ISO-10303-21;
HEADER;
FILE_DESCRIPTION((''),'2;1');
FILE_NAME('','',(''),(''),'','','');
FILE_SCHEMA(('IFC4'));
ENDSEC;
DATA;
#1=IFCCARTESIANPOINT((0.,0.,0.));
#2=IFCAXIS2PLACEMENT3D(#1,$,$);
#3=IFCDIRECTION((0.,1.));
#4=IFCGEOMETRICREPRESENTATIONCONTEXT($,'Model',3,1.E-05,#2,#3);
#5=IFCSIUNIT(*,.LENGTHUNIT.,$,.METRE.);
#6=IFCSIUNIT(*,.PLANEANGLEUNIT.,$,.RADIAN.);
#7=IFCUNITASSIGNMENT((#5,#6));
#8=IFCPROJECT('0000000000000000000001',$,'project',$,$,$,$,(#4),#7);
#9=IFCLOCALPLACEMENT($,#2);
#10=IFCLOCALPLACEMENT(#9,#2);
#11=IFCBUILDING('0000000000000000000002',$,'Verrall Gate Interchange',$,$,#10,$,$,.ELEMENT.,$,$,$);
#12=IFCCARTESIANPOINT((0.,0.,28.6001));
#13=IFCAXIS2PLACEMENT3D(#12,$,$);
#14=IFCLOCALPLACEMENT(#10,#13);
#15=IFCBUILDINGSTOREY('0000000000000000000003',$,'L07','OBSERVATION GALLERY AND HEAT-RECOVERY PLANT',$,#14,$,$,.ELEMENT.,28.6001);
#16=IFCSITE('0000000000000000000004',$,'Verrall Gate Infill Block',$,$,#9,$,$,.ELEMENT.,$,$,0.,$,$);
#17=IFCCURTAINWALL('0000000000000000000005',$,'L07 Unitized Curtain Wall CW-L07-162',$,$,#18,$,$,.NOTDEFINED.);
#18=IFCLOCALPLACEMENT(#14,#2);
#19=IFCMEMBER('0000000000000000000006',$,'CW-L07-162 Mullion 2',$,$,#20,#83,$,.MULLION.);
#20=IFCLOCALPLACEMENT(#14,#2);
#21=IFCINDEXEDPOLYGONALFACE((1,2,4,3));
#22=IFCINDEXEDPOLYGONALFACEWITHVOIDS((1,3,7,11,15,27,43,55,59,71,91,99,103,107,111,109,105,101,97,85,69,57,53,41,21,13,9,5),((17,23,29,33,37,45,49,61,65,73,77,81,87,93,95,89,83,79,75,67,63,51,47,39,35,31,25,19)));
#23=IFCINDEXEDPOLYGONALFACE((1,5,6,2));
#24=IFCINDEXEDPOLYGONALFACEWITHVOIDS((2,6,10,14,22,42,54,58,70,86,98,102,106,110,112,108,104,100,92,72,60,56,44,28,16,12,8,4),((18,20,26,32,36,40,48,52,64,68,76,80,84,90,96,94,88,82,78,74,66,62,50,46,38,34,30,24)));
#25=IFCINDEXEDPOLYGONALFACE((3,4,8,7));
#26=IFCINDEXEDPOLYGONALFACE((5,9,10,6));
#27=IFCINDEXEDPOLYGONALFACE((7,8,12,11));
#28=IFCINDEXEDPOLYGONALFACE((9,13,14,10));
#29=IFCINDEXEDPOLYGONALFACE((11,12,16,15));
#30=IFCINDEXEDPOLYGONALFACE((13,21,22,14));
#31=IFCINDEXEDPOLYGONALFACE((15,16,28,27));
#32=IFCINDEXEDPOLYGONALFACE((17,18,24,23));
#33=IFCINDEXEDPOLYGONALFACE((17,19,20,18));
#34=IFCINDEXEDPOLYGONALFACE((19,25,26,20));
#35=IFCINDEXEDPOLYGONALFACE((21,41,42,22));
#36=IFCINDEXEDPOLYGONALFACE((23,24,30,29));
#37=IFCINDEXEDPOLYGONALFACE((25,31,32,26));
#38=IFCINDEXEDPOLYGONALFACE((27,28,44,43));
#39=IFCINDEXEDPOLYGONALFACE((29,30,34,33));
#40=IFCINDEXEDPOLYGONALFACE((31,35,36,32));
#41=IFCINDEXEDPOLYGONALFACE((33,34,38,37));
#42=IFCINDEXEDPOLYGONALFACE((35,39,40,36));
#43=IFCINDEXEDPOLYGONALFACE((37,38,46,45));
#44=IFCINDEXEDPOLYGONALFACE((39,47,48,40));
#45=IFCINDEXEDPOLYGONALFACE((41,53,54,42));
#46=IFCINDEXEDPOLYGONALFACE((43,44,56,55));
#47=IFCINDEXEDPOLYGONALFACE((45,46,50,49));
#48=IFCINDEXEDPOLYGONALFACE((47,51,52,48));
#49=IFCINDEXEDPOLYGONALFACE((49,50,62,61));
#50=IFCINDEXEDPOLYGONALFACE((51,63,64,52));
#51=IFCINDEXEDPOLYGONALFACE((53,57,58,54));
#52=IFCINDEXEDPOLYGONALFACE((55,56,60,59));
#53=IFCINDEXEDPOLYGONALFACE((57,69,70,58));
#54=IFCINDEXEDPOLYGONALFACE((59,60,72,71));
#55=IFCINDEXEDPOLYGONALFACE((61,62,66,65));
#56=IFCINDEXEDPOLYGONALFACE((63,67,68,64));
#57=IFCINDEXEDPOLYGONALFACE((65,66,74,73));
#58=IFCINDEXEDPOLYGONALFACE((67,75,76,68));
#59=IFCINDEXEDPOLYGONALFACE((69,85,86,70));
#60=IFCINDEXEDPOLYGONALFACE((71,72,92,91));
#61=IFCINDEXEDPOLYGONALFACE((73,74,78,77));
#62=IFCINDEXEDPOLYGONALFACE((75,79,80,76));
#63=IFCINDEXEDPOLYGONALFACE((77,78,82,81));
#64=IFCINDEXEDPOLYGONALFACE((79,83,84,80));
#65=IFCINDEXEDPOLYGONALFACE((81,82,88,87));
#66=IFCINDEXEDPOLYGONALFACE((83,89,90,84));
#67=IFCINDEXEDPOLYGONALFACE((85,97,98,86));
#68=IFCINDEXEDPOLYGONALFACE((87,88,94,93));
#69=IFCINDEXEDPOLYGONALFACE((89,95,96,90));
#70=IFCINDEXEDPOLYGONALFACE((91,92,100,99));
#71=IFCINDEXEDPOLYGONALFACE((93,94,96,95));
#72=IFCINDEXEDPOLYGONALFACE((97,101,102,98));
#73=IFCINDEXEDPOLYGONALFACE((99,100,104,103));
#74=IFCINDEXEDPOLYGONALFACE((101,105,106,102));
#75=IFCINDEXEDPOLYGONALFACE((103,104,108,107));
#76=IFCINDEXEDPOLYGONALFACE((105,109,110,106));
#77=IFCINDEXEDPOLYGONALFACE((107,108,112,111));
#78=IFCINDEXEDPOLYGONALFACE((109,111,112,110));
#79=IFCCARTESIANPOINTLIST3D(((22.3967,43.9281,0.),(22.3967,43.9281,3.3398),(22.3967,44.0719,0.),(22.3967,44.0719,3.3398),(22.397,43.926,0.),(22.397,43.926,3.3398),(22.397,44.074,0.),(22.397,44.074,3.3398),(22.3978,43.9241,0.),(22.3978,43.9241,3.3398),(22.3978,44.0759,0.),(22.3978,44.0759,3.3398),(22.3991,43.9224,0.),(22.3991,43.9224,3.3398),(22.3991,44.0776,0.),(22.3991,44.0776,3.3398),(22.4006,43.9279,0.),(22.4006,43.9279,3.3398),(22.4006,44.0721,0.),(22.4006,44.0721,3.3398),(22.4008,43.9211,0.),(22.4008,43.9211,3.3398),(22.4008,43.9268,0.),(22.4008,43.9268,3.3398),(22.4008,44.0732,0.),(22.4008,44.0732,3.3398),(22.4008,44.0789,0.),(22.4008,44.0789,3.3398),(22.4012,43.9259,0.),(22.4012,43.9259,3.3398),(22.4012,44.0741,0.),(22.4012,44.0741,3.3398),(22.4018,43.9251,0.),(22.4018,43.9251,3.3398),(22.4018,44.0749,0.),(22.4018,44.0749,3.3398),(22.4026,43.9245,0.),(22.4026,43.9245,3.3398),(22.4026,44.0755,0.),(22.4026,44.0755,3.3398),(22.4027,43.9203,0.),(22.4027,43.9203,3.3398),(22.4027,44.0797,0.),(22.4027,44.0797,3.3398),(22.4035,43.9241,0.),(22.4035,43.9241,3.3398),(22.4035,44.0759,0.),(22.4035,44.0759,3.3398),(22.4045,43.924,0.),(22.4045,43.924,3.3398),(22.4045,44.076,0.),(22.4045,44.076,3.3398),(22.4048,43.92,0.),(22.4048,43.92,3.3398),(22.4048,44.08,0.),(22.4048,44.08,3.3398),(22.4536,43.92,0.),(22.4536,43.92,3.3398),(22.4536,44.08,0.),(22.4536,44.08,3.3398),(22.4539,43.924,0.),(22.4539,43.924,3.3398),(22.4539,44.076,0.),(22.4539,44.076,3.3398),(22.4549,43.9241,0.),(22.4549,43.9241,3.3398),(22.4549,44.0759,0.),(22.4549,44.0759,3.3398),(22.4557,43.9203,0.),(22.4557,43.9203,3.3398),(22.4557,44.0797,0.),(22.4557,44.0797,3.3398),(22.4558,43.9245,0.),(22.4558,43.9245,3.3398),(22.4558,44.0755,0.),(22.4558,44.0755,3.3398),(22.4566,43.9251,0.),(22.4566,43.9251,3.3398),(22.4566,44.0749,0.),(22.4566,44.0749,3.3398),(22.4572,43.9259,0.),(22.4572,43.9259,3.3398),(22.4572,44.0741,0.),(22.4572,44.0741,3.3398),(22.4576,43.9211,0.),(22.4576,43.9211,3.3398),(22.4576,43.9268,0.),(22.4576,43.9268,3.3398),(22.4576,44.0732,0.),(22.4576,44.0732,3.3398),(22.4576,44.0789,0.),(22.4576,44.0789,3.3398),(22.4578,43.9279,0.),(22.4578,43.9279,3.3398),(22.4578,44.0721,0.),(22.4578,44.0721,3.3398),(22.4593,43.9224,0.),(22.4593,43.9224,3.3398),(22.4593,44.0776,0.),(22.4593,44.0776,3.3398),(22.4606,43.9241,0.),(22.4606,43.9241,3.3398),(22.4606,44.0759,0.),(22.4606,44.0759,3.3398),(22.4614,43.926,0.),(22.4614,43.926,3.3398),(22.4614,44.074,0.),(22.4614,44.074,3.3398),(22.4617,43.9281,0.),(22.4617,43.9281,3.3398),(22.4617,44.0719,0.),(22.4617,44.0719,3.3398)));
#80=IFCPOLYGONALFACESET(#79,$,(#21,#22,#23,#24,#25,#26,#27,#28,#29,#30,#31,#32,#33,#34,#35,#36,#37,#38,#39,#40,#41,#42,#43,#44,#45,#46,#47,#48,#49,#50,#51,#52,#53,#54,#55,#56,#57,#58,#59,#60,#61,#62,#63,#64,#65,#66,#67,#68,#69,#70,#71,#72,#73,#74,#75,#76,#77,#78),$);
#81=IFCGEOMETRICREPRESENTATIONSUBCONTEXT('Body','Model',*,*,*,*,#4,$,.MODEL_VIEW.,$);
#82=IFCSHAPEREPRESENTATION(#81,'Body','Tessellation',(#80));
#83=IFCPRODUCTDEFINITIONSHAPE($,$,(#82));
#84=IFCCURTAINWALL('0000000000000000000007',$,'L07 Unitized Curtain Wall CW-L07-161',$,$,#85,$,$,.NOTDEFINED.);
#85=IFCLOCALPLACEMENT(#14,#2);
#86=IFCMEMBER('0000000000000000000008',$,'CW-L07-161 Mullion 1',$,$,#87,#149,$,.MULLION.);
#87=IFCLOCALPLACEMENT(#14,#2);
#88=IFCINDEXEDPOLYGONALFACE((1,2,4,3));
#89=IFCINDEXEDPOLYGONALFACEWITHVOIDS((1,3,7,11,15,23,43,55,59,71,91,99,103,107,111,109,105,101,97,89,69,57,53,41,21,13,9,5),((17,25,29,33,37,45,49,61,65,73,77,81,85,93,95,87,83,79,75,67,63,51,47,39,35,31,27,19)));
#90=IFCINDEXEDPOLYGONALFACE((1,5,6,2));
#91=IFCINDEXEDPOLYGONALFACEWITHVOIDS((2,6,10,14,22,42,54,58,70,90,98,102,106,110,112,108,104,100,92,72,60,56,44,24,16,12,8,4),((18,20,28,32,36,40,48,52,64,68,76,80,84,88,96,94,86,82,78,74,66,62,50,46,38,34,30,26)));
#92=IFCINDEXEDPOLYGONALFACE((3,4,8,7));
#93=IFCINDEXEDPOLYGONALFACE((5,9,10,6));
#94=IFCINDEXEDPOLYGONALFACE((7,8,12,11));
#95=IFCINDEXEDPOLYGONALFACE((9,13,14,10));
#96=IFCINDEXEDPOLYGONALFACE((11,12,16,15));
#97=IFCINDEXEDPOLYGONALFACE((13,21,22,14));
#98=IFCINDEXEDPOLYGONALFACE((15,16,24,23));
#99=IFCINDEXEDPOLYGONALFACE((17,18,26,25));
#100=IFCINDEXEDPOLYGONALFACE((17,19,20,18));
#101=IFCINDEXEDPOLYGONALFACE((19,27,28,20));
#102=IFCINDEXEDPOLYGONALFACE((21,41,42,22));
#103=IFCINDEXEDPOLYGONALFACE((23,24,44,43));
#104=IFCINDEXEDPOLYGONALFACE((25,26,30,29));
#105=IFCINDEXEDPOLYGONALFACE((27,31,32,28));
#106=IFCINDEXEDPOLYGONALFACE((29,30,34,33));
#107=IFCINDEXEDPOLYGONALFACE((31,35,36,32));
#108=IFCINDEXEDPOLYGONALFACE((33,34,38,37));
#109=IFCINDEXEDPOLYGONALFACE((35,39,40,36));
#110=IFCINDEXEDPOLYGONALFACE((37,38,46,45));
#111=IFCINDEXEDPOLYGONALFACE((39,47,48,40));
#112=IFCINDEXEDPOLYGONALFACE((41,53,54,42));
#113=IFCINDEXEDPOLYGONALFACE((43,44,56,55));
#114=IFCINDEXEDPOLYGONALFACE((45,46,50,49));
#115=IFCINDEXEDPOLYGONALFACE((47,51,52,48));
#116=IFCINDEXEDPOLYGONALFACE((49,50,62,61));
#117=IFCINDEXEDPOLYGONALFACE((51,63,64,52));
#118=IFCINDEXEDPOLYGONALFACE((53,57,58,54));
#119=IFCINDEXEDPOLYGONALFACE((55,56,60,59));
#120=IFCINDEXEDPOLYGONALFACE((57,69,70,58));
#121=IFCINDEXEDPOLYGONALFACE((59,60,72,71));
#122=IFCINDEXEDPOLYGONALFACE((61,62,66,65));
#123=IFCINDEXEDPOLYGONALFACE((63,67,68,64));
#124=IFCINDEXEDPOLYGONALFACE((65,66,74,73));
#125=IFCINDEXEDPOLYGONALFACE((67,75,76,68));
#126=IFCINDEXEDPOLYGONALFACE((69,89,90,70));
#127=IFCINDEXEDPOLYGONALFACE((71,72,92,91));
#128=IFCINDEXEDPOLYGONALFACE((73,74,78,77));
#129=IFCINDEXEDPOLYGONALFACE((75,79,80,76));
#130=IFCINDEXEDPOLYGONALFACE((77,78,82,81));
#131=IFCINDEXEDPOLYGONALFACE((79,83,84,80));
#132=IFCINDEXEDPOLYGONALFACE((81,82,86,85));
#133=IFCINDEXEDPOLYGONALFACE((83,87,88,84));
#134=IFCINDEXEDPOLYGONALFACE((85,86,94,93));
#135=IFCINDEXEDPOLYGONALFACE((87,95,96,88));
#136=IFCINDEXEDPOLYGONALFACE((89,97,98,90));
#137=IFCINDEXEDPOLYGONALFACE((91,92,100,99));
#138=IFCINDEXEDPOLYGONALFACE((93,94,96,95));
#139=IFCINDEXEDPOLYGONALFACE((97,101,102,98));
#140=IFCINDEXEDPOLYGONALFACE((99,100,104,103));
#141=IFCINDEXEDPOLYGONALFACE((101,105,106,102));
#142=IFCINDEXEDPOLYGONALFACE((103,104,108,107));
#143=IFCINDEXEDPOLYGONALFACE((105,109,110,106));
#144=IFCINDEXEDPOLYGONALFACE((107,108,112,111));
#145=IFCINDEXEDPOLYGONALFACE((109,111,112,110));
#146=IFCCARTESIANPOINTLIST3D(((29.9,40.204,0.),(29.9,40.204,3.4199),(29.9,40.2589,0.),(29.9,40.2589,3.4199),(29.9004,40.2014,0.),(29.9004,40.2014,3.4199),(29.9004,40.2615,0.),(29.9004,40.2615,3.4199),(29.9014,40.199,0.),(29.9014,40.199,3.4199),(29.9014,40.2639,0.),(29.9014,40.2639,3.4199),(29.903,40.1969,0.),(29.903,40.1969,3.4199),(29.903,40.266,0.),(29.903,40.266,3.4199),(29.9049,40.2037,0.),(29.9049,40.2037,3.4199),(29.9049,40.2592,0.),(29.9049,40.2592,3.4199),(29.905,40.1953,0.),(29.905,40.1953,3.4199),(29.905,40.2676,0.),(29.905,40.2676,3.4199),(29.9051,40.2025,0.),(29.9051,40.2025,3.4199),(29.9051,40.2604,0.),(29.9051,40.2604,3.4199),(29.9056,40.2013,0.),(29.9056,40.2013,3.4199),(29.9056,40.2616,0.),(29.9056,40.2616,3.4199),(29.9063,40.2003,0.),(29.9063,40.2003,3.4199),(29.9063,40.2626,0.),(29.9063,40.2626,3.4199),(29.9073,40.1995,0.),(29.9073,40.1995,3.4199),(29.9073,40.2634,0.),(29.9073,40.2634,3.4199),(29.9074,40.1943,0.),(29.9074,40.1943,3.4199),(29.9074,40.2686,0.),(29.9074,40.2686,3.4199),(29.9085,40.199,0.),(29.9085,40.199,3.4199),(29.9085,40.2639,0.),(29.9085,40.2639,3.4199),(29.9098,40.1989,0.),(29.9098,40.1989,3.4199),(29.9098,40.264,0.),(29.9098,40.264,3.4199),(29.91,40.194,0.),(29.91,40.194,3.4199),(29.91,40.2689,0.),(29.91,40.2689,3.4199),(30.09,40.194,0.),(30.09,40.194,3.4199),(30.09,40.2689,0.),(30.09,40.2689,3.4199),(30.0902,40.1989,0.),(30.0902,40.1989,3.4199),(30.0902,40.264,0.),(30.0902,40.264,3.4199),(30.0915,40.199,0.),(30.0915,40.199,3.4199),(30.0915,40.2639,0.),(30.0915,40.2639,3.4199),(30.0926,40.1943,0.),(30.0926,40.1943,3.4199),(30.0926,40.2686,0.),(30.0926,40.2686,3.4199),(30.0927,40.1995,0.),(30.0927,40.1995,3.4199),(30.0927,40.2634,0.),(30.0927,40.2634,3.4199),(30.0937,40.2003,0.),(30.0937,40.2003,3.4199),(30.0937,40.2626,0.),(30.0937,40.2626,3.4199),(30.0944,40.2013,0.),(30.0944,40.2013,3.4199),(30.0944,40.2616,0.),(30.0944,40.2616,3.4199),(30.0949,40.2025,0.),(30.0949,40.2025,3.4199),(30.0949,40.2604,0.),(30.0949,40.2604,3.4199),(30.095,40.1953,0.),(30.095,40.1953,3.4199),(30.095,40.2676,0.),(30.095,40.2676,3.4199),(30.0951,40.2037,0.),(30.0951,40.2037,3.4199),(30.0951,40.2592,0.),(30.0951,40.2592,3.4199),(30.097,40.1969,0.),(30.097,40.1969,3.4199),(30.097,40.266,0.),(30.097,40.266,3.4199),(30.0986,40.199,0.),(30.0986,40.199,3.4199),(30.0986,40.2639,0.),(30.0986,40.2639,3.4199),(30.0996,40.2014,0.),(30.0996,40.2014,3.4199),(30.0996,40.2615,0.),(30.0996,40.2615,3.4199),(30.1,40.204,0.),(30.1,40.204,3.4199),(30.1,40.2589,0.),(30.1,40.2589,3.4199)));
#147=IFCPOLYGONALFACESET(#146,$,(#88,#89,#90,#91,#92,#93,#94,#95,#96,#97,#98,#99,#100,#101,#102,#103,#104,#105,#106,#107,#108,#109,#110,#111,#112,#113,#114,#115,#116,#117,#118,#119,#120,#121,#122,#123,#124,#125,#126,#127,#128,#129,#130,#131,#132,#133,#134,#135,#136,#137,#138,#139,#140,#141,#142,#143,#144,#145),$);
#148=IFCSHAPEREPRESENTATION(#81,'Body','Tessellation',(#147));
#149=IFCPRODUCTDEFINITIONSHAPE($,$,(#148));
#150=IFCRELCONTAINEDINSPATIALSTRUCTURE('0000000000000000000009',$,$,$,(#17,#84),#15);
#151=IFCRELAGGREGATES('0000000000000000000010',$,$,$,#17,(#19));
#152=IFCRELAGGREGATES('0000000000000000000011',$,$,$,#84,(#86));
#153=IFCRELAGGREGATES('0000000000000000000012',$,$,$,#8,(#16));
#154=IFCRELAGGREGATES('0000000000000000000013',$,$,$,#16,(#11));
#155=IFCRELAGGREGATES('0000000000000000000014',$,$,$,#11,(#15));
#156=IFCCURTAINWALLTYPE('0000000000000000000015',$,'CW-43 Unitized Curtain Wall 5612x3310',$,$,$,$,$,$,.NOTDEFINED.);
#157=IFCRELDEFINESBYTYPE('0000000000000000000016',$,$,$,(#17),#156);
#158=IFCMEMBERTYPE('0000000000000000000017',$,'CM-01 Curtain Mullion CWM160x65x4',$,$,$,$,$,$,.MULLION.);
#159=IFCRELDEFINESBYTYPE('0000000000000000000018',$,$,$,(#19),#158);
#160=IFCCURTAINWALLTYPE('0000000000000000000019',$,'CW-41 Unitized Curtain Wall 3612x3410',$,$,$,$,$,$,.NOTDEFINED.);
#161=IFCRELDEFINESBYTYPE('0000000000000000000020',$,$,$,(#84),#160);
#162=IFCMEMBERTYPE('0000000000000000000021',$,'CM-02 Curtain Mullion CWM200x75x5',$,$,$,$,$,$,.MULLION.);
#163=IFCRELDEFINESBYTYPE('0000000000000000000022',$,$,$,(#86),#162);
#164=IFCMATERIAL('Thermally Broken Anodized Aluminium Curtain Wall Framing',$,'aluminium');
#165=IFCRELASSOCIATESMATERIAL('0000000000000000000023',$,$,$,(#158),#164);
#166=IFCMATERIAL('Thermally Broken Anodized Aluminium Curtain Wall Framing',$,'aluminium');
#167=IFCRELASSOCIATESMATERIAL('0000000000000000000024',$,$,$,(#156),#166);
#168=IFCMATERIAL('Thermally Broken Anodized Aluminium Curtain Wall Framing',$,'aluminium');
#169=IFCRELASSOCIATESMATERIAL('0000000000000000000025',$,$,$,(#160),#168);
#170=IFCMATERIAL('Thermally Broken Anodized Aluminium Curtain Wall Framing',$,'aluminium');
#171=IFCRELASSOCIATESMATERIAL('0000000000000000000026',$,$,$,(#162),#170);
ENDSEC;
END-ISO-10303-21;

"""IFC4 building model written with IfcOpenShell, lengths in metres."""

from ifc_helpers import new_model, si_unit, direction, frame, origin, origin_2d, place, context, subcontext, project, spatial, hollow_rectangle, extrude, material, material_profile, profile_set, type_object, element, aggregate, save


model = new_model("IFC4")

# Units and contexts
model_context = context("Model", 3, precision=1e-05, world=origin(), true_north=direction((0.0, 1.0)))
body_context = subcontext(model_context, "Body", "Model", "MODEL_VIEW")
ifc_project = project(units=[si_unit("LENGTHUNIT", "METRE"), si_unit("PLANEANGLEUNIT", "RADIAN")], contexts=[model_context])

# Site, building, storey
site_placement = place(None, origin())
site = spatial("IfcSite", under=ifc_project, at=site_placement, Name="Verrall Gate Infill Block", CompositionType="ELEMENT", RefElevation=0.0)
building_placement = place(site_placement, origin())
building = spatial("IfcBuilding", under=site, at=building_placement, Name="Verrall Gate Interchange", CompositionType="ELEMENT")
storey_placement = place(building_placement, frame((0.0, 0.0, 28.6001)))
storey = spatial("IfcBuildingStorey", under=building, at=storey_placement, Name="L07", Description="OBSERVATION GALLERY AND HEAT-RECOVERY PLANT", CompositionType="ELEMENT", Elevation=28.6001)

# Shared definitions
ifc_material_1 = material(Name="Thermally Broken Anodized Aluminium Curtain Wall Framing", Category="aluminium")
ifc_material_profile_1 = material_profile(ifc_material_1, hollow_rectangle(XDim=0.0649, YDim=0.1599, WallThickness=0.0039, InnerFilletRadius=0.0039, OuterFilletRadius=0.0081, at=origin_2d()), Name="CWM160x65x4")
ifc_profile_set_1 = profile_set([ifc_material_profile_1], Name="Thermally Broken Anodized Aluminium Curtain Wall Framing")
member_type_1 = type_object("IfcMemberType", Name="CM-01 Curtain Mullion CWM160x65x4", PredefinedType="MULLION", material=ifc_profile_set_1)

# Curtain wall, member
ifc_material_2 = material(Name="Thermally Broken Anodized Aluminium Curtain Wall Framing", Category="aluminium")
curtain_wall_type_1 = type_object("IfcCurtainWallType", Name="CW-43 Unitized Curtain Wall 5612x3310", PredefinedType="NOTDEFINED", material=ifc_material_2)
curtain_wall_1_placement = place(storey_placement, origin())
curtain_wall_1 = element("IfcCurtainWall", 1, at=curtain_wall_1_placement, inside=storey, type_object=curtain_wall_type_1, Name="L07 Unitized Curtain Wall CW-L07-162", PredefinedType="NOTDEFINED")
member_1_placement = place(storey_placement, frame((22.4292, 44.0, 0.0), z_axis=(0.0, 0.0, 1.0), x_axis=(-1.0, 0.0, 0.0)))
member_1 = element("IfcMember", 2, at=member_1_placement, type_object=member_type_1, Name="CW-L07-162 Mullion 2", PredefinedType="MULLION", context=body_context, shape_type="SweptSolid", body=[
    extrude(hollow_rectangle(XDim=0.0649, YDim=0.1599, WallThickness=0.0039, InnerFilletRadius=0.0039, OuterFilletRadius=0.0081, at=origin_2d()), origin(), (0.0, 0.0, 1.0), 3.3398),
])
aggregate(curtain_wall_1, [member_1])

# Curtain wall, member
ifc_material_3 = material(Name="Thermally Broken Anodized Aluminium Curtain Wall Framing", Category="aluminium")
curtain_wall_type_2 = type_object("IfcCurtainWallType", Name="CW-41 Unitized Curtain Wall 3612x3410", PredefinedType="NOTDEFINED", material=ifc_material_3)
curtain_wall_2_placement = place(storey_placement, origin())
curtain_wall_2 = element("IfcCurtainWall", 3, at=curtain_wall_2_placement, inside=storey, type_object=curtain_wall_type_2, Name="L07 Unitized Curtain Wall CW-L07-161", PredefinedType="NOTDEFINED")
ifc_material_4 = material(Name="Thermally Broken Anodized Aluminium Curtain Wall Framing", Category="aluminium")
ifc_material_profile_2 = material_profile(ifc_material_4, hollow_rectangle(XDim=0.075, YDim=0.2, WallThickness=0.0049, InnerFilletRadius=0.0049, OuterFilletRadius=0.01, at=origin_2d()), Name="CWM200x75x5")
ifc_profile_set_2 = profile_set([ifc_material_profile_2], Name="Thermally Broken Anodized Aluminium Curtain Wall Framing")
member_type_2 = type_object("IfcMemberType", Name="CM-02 Curtain Mullion CWM200x75x5", PredefinedType="MULLION", material=ifc_profile_set_2)
member_2_placement = place(storey_placement, frame((30.0, 40.2314, 0.0), z_axis=(0.0, 0.0, 1.0), x_axis=(0.0, 1.0, 0.0)))
member_2 = element("IfcMember", 4, at=member_2_placement, type_object=member_type_2, Name="CW-L07-161 Mullion 1", PredefinedType="MULLION", context=body_context, shape_type="SweptSolid", body=[
    extrude(hollow_rectangle(XDim=0.075, YDim=0.2, WallThickness=0.0049, InnerFilletRadius=0.0049, OuterFilletRadius=0.01, at=origin_2d()), origin(), (0.0, 0.0, 1.0), 3.4199),
])

aggregate(curtain_wall_2, [member_2])

save(model, "model.ifc")
